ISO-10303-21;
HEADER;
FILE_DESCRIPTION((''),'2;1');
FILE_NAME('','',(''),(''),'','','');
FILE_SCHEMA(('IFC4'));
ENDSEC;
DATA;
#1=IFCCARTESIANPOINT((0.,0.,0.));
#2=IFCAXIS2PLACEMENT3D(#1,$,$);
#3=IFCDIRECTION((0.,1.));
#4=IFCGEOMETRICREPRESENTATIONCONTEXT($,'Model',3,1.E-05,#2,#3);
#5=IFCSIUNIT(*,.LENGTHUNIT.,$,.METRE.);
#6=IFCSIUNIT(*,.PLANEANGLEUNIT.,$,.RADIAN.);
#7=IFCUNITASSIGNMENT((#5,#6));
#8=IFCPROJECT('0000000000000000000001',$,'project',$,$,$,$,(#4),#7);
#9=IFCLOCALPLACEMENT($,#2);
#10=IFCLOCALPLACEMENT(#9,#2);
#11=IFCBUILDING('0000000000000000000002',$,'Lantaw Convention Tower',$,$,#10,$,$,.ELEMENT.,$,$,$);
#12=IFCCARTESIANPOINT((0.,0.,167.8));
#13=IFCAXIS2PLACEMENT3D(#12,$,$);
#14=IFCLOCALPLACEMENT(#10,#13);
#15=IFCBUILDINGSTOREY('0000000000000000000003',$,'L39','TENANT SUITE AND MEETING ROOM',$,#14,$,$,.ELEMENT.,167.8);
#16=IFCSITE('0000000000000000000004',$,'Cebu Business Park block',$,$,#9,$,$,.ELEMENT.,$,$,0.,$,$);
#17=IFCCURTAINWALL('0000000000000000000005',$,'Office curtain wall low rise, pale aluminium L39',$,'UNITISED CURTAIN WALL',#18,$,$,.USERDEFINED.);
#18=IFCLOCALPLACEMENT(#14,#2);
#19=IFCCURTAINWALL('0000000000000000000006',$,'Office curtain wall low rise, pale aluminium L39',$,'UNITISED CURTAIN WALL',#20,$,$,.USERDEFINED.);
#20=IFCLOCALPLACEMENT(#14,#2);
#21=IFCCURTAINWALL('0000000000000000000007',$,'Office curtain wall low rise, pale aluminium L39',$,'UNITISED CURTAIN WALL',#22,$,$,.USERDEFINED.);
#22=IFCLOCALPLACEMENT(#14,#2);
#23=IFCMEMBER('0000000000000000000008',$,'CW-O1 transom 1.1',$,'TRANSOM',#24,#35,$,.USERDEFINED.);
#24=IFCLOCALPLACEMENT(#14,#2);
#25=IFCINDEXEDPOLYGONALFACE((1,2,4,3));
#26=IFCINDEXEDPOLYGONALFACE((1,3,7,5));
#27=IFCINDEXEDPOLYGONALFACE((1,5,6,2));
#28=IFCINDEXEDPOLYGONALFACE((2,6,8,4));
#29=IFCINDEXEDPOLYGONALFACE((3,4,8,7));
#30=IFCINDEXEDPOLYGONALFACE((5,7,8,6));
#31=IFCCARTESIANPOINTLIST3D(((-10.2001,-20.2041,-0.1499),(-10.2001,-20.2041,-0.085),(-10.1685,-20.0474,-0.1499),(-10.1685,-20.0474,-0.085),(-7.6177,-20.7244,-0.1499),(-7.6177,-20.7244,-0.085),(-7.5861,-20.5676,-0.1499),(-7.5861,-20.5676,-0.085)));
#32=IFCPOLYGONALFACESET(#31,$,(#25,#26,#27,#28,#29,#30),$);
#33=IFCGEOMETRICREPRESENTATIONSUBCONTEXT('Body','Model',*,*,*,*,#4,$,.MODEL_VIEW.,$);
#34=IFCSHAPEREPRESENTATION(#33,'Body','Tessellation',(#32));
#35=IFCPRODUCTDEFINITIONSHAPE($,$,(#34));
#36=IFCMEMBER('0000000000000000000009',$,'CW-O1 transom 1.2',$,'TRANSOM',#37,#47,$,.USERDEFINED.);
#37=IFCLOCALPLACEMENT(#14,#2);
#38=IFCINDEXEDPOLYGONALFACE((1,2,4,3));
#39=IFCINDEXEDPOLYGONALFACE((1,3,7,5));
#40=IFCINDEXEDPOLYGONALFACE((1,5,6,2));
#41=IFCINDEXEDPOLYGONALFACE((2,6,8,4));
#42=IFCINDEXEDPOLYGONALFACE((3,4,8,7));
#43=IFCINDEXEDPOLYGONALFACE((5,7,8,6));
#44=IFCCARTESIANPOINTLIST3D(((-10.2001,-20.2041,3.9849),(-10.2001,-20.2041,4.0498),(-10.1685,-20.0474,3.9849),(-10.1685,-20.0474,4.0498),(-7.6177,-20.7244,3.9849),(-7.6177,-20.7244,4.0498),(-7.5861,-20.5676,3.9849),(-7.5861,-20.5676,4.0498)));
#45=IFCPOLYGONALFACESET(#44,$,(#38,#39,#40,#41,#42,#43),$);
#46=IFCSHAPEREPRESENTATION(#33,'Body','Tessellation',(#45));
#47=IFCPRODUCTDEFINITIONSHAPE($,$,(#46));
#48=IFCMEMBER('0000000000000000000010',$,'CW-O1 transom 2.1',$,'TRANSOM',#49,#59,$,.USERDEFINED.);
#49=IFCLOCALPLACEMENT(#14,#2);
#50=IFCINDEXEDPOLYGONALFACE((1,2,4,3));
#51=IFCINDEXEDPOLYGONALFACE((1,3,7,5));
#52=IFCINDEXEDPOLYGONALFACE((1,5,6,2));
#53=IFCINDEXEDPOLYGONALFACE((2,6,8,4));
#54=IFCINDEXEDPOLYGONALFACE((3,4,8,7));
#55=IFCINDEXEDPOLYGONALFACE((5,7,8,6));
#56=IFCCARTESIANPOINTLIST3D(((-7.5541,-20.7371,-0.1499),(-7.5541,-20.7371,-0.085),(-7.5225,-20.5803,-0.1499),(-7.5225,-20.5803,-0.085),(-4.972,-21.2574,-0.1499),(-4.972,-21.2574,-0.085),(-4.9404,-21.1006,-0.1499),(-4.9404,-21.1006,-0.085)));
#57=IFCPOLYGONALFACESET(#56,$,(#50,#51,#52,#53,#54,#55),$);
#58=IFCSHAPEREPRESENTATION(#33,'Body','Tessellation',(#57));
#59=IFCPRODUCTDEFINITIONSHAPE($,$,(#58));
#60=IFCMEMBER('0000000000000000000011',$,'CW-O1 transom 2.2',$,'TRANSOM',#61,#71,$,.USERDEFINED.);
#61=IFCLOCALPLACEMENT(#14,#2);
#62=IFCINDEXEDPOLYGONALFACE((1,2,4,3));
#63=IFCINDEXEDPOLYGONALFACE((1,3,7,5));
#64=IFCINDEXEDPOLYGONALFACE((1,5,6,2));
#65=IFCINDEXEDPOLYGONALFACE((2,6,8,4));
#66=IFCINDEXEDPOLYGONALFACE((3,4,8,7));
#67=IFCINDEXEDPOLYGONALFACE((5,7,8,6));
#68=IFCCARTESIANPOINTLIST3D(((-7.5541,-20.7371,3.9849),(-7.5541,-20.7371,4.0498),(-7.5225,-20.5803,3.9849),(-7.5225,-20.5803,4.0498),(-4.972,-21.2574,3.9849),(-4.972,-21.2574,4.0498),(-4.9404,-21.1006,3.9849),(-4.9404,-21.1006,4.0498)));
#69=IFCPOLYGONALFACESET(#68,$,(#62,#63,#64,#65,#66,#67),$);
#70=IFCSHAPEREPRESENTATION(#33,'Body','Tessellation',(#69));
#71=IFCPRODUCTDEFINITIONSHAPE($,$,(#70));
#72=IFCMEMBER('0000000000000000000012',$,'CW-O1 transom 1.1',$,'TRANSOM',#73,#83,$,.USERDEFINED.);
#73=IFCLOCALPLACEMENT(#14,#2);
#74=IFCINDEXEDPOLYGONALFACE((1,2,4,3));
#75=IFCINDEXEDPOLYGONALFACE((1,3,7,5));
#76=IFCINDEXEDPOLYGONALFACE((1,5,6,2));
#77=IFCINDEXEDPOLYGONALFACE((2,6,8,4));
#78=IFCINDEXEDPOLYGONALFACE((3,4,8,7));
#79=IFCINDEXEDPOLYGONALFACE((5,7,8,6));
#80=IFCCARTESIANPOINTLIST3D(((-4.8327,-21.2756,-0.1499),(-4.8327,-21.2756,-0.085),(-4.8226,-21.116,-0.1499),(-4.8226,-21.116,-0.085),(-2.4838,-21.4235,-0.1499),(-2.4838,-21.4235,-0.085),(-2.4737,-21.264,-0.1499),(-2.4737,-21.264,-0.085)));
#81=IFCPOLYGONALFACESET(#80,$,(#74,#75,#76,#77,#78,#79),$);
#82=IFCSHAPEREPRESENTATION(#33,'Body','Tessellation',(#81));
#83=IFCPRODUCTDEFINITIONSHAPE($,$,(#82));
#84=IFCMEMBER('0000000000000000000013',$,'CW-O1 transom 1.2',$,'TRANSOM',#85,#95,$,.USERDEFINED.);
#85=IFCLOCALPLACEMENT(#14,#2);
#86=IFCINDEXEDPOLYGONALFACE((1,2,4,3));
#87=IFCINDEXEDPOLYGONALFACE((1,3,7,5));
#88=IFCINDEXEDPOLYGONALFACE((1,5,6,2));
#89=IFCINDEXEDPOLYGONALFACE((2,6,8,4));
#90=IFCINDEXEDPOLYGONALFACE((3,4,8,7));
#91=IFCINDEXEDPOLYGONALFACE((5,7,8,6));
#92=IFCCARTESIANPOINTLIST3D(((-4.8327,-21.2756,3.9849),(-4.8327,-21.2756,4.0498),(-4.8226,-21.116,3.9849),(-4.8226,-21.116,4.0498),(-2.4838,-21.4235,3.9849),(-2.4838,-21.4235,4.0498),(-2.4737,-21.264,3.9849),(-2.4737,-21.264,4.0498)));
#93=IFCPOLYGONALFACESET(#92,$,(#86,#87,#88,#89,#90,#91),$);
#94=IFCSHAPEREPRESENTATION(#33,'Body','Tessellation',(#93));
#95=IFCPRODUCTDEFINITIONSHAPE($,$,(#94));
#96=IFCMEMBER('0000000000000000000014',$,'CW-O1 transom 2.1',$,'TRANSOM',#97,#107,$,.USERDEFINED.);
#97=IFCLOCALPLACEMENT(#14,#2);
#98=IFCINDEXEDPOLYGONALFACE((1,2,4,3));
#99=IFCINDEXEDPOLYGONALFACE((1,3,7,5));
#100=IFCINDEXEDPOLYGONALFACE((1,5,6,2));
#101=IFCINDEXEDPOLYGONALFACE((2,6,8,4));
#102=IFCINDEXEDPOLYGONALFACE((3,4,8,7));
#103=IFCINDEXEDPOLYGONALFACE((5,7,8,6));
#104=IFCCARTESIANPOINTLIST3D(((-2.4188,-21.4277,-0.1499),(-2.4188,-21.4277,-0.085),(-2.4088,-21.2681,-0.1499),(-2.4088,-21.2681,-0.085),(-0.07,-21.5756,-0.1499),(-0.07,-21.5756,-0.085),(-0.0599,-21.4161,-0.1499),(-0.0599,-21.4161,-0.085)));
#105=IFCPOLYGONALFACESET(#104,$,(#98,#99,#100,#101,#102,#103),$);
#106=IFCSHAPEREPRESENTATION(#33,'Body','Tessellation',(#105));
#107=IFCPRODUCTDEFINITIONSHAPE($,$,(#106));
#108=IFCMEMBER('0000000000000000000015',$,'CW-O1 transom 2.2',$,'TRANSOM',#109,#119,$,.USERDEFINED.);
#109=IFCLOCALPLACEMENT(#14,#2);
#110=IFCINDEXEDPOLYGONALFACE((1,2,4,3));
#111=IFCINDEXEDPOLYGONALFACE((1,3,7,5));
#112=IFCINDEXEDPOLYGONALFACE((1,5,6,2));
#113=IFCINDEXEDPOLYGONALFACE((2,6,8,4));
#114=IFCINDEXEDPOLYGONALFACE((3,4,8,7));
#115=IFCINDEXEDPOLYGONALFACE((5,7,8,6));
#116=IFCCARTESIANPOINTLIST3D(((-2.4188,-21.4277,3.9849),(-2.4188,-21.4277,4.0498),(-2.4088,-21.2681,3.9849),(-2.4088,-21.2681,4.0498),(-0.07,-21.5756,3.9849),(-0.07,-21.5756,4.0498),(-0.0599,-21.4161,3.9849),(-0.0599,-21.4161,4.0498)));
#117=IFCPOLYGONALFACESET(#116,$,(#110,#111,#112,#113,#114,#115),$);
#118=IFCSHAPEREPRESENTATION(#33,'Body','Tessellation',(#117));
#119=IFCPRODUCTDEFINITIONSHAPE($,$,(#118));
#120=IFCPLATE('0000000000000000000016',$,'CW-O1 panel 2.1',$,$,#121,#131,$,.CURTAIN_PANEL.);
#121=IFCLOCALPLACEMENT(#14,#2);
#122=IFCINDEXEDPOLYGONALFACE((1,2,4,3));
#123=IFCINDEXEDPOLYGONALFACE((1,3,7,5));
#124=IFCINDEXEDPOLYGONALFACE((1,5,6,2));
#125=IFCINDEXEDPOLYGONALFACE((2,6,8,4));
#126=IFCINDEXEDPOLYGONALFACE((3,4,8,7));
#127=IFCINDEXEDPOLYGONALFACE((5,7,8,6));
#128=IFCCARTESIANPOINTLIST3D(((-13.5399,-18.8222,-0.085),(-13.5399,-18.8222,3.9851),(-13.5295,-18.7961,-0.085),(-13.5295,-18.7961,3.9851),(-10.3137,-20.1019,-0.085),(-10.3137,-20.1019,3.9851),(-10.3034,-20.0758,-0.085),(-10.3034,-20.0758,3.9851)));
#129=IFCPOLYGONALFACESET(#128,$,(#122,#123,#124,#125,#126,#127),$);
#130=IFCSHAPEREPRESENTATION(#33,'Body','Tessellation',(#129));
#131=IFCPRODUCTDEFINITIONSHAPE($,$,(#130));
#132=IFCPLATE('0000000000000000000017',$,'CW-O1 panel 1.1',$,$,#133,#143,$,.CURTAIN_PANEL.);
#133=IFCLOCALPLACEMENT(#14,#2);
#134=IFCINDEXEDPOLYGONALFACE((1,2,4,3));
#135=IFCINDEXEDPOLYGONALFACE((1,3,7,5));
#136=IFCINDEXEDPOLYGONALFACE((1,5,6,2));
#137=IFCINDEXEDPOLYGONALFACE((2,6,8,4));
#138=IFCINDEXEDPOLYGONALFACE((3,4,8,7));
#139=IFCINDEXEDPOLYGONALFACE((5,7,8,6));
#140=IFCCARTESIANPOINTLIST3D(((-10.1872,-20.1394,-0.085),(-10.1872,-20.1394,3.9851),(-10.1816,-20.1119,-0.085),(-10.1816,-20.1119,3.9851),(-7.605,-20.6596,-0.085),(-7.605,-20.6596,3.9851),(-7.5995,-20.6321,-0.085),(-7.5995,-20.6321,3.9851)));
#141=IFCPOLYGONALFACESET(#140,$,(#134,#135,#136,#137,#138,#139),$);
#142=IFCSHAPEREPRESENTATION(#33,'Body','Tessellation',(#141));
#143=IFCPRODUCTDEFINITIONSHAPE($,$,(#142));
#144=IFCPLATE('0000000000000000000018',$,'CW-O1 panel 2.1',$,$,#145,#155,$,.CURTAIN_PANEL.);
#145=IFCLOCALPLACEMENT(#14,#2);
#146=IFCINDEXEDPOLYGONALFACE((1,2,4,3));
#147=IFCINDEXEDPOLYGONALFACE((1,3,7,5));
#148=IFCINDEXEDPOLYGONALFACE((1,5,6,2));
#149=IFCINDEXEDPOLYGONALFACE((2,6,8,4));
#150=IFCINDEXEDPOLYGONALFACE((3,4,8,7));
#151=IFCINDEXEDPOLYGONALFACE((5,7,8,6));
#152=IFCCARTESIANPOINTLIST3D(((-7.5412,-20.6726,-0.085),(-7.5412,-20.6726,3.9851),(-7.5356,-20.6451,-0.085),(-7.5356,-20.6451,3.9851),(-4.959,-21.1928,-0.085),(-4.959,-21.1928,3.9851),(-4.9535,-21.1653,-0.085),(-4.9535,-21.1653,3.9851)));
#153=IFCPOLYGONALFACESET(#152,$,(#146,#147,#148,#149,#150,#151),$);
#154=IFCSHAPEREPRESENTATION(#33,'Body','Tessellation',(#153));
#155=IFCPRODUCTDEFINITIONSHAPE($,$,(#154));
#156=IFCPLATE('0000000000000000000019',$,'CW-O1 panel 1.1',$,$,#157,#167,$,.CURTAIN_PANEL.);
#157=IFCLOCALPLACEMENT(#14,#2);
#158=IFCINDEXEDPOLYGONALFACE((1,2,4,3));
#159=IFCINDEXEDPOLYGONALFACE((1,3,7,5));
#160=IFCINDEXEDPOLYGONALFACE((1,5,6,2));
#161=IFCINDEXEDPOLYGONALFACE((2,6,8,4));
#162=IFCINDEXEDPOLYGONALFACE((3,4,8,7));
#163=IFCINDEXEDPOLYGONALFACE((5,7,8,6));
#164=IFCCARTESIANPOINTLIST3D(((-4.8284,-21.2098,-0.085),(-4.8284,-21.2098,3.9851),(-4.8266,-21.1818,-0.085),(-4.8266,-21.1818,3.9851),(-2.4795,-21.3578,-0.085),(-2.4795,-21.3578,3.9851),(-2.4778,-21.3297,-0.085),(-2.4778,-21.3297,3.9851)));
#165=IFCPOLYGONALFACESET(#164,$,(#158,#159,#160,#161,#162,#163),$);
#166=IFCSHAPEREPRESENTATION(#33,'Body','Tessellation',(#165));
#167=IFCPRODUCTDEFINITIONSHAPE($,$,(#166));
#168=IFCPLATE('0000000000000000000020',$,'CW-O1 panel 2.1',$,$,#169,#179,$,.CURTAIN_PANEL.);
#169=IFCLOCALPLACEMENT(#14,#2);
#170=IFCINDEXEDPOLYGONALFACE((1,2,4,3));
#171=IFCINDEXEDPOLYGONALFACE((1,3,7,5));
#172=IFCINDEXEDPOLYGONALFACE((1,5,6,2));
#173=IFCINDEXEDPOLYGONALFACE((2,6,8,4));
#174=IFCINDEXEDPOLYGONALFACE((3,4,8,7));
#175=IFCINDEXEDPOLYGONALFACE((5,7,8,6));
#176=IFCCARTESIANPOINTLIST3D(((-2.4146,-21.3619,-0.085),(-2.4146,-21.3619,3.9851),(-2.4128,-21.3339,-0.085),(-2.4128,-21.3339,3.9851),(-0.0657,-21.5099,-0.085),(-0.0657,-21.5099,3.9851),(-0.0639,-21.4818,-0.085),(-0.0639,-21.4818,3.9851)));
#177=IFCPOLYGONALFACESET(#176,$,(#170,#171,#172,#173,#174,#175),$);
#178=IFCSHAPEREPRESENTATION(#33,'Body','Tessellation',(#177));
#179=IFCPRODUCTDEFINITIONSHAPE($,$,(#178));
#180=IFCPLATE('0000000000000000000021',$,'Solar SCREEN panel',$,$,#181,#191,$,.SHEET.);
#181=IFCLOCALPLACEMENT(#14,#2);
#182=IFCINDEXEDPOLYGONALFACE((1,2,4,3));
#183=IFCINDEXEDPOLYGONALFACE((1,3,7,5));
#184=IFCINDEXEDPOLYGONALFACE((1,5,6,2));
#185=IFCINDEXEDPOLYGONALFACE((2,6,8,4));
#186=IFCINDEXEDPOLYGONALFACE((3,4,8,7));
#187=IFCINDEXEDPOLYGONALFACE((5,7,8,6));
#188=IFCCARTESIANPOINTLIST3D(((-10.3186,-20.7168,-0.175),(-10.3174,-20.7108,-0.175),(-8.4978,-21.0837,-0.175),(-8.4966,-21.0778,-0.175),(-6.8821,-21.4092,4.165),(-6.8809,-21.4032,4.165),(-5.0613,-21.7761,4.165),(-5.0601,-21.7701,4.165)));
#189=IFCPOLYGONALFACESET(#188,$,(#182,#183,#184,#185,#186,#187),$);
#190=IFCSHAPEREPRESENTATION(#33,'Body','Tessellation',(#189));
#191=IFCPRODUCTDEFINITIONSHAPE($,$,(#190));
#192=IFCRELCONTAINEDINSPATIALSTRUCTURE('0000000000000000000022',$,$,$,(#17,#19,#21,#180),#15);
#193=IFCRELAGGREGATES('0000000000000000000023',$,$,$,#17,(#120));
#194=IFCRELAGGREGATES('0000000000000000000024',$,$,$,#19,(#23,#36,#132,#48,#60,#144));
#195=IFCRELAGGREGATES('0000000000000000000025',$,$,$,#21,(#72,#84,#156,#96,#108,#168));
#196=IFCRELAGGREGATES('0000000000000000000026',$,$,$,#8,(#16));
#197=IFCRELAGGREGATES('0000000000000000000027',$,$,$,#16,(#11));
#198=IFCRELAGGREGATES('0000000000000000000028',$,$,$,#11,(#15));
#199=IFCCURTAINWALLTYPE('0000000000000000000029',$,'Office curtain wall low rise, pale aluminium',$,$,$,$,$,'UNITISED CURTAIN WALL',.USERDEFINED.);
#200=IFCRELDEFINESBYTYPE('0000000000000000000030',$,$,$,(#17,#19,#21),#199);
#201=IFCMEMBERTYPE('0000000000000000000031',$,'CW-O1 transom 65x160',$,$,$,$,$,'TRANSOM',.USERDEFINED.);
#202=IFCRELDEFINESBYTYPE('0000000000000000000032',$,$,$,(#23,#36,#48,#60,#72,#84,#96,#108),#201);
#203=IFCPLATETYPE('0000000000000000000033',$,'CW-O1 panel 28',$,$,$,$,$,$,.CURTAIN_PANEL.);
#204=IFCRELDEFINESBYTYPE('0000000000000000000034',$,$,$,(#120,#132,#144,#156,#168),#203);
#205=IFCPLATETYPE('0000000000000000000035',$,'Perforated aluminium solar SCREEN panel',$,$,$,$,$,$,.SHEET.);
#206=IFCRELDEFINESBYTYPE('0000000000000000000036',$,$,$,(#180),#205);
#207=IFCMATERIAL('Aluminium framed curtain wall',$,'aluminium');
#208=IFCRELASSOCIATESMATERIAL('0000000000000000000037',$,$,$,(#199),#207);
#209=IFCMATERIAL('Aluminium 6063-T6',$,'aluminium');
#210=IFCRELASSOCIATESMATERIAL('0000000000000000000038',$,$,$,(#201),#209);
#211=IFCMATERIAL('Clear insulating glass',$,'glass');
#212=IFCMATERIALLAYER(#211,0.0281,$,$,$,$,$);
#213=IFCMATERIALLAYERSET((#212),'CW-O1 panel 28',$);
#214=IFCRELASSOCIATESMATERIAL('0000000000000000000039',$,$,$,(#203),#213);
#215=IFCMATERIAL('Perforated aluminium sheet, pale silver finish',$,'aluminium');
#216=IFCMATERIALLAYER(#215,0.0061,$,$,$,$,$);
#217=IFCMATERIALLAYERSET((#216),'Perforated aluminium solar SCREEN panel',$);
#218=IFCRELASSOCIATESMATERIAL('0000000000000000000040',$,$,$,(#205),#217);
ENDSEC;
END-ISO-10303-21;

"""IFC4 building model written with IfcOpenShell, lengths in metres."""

from ifc_helpers import new_model, si_unit, direction, frame, origin, origin_2d, place, context, subcontext, project, spatial, polyline, rectangle, outline, extrude, material, layer, layer_set, material_profile, profile_set, type_object, element, aggregate, save


model = new_model("IFC4")

# Units and contexts
model_context = context("Model", 3, precision=1e-05, world=origin(), true_north=direction((0.0, 1.0)))
body_context = subcontext(model_context, "Body", "Model", "MODEL_VIEW")
ifc_project = project(units=[si_unit("LENGTHUNIT", "METRE"), si_unit("PLANEANGLEUNIT", "RADIAN")], contexts=[model_context])

# Site, building, storey
site_placement = place(None, origin())
site = spatial("IfcSite", under=ifc_project, at=site_placement, Name="Cebu Business Park block", CompositionType="ELEMENT", RefElevation=0.0)
building_placement = place(site_placement, origin())
building = spatial("IfcBuilding", under=site, at=building_placement, Name="Lantaw Convention Tower", CompositionType="ELEMENT")
storey_placement = place(building_placement, frame((0.0, 0.0, 167.8)))
storey = spatial("IfcBuildingStorey", under=building, at=storey_placement, Name="L39", Description="TENANT SUITE AND MEETING ROOM", CompositionType="ELEMENT", Elevation=167.8)

# Curtain wall
ifc_material_1 = material(Name="Aluminium framed curtain wall", Category="aluminium")
curtain_wall_type = type_object("IfcCurtainWallType", Name="Office curtain wall low rise, pale aluminium", ElementType="UNITISED CURTAIN WALL", PredefinedType="USERDEFINED", material=ifc_material_1)
curtain_wall_1_placement = place(storey_placement, origin())
curtain_wall_1 = element("IfcCurtainWall", 1, at=curtain_wall_1_placement, inside=storey, type_object=curtain_wall_type, Name="Office curtain wall low rise, pale aluminium L39", ObjectType="UNITISED CURTAIN WALL", PredefinedType="USERDEFINED")
ifc_material_2 = material(Name="Aluminium 6063-T6", Category="aluminium")

# Curtain walls
curtain_wall_2_placement = place(storey_placement, origin())
curtain_wall_2 = element("IfcCurtainWall", 2, at=curtain_wall_2_placement, inside=storey, type_object=curtain_wall_type, Name="Office curtain wall low rise, pale aluminium L39", ObjectType="UNITISED CURTAIN WALL", PredefinedType="USERDEFINED")
curtain_wall_3_placement = place(storey_placement, origin())
curtain_wall_3 = element("IfcCurtainWall", 3, at=curtain_wall_3_placement, inside=storey, type_object=curtain_wall_type, Name="Office curtain wall low rise, pale aluminium L39", ObjectType="UNITISED CURTAIN WALL", PredefinedType="USERDEFINED")

# Members
ifc_material_profile_1 = material_profile(ifc_material_2, rectangle(XDim=0.1599, YDim=0.0649, at=origin_2d()), Name="CW-O1 transom 65x160")
ifc_profile_set_1 = profile_set([ifc_material_profile_1], Name="Aluminium 6063-T6")
member_type_1 = type_object("IfcMemberType", Name="CW-O1 transom 65x160", ElementType="TRANSOM", PredefinedType="USERDEFINED", material=ifc_profile_set_1)
member_1_placement = place(storey_placement, frame((-10.1843, -20.1257, -0.1174), z_axis=(0.980302, -0.197506, 0.0), x_axis=(0.197506, 0.980302, 0.0)))
member_1 = element("IfcMember", 4, at=member_1_placement, type_object=member_type_1, Name="CW-O1 transom 1.1", ObjectType="TRANSOM", PredefinedType="USERDEFINED", context=body_context, shape_type="SweptSolid", body=[
    extrude(rectangle(XDim=0.1599, YDim=0.0649, at=origin_2d()), origin(), (0.0, 0.0, 1.0), 2.6343),
])
member_2_placement = place(storey_placement, frame((-10.1843, -20.1257, 4.0173), z_axis=(0.980302, -0.197506, 0.0), x_axis=(0.197506, 0.980302, 0.0)))
member_2 = element("IfcMember", 5, at=member_2_placement, type_object=member_type_1, Name="CW-O1 transom 1.2", ObjectType="TRANSOM", PredefinedType="USERDEFINED", context=body_context, shape_type="SweptSolid", body=[
    extrude(rectangle(XDim=0.1599, YDim=0.0649, at=origin_2d()), origin(), (0.0, 0.0, 1.0), 2.6343),
])
member_3_placement = place(storey_placement, frame((-7.5383, -20.6587, -0.1174), z_axis=(0.980298, -0.197524, 0.0), x_axis=(0.197524, 0.980298, 0.0)))
member_3 = element("IfcMember", 6, at=member_3_placement, type_object=member_type_1, Name="CW-O1 transom 2.1", ObjectType="TRANSOM", PredefinedType="USERDEFINED", context=body_context, shape_type="SweptSolid", body=[
    extrude(rectangle(XDim=0.1599, YDim=0.0649, at=origin_2d()), origin(), (0.0, 0.0, 1.0), 2.634),
])
member_4_placement = place(storey_placement, frame((-7.5383, -20.6587, 4.0173), z_axis=(0.980298, -0.197524, 0.0), x_axis=(0.197524, 0.980298, 0.0)))
member_4 = element("IfcMember", 7, at=member_4_placement, type_object=member_type_1, Name="CW-O1 transom 2.2", ObjectType="TRANSOM", PredefinedType="USERDEFINED", context=body_context, shape_type="SweptSolid", body=[
    extrude(rectangle(XDim=0.1599, YDim=0.0649, at=origin_2d()), origin(), (0.0, 0.0, 1.0), 2.634),
])
member_5_placement = place(storey_placement, frame((-4.8276, -21.1958, -0.1174), z_axis=(0.998022, -0.062863, 0.0), x_axis=(0.062863, 0.998022, 0.0)))
member_5 = element("IfcMember", 8, at=member_5_placement, type_object=member_type_1, Name="CW-O1 transom 1.1", ObjectType="TRANSOM", PredefinedType="USERDEFINED", context=body_context, shape_type="SweptSolid", body=[
    extrude(rectangle(XDim=0.1599, YDim=0.0649, at=origin_2d()), origin(), (0.0, 0.0, 1.0), 2.3535),
])
member_6_placement = place(storey_placement, frame((-4.8276, -21.1958, 4.0173), z_axis=(0.998022, -0.062863, 0.0), x_axis=(0.062863, 0.998022, 0.0)))
member_6 = element("IfcMember", 9, at=member_6_placement, type_object=member_type_1, Name="CW-O1 transom 1.2", ObjectType="TRANSOM", PredefinedType="USERDEFINED", context=body_context, shape_type="SweptSolid", body=[
    extrude(rectangle(XDim=0.1599, YDim=0.0649, at=origin_2d()), origin(), (0.0, 0.0, 1.0), 2.3535),
])
member_7_placement = place(storey_placement, frame((-2.4138, -21.3479, -0.1174), z_axis=(0.998022, -0.062863, 0.0), x_axis=(0.062863, 0.998022, 0.0)))
member_7 = element("IfcMember", 10, at=member_7_placement, type_object=member_type_1, Name="CW-O1 transom 2.1", ObjectType="TRANSOM", PredefinedType="USERDEFINED", context=body_context, shape_type="SweptSolid", body=[
    extrude(rectangle(XDim=0.1599, YDim=0.0649, at=origin_2d()), origin(), (0.0, 0.0, 1.0), 2.3535),
])
member_8_placement = place(storey_placement, frame((-2.4138, -21.3479, 4.0173), z_axis=(0.998022, -0.062863, 0.0), x_axis=(0.062863, 0.998022, 0.0)))
member_8 = element("IfcMember", 11, at=member_8_placement, type_object=member_type_1, Name="CW-O1 transom 2.2", ObjectType="TRANSOM", PredefinedType="USERDEFINED", context=body_context, shape_type="SweptSolid", body=[
    extrude(rectangle(XDim=0.1599, YDim=0.0649, at=origin_2d()), origin(), (0.0, 0.0, 1.0), 2.3535),
])

# Plates
ifc_material_3 = material(Name="Clear insulating glass", Category="glass")
ifc_layer_1 = layer(ifc_material_3, 0.0281)
ifc_layer_set_1 = layer_set([ifc_layer_1], Name="CW-O1 panel 28")
plate_type_1 = type_object("IfcPlateType", Name="CW-O1 panel 28", PredefinedType="CURTAIN_PANEL", material=ifc_layer_set_1)
plate_1_placement = place(storey_placement, frame((-11.9216, -19.449, -0.085), z_axis=(0.0, 0.0, 1.0), x_axis=(0.929548, -0.368702, 0.0)))
plate_1 = element("IfcPlate", 12, at=plate_1_placement, type_object=plate_type_1, Name="CW-O1 panel 2.1", PredefinedType="CURTAIN_PANEL", context=body_context, shape_type="SweptSolid", body=[
    extrude(rectangle(XDim=3.4707, YDim=0.0281, at=origin_2d()), origin(), (0.0, 0.0, 1.0), 4.0701),
])
aggregate(curtain_wall_1, [plate_1])
plate_2_placement = place(storey_placement, frame((-8.8933, -20.3857, -0.085), z_axis=(0.0, 0.0, 1.0), x_axis=(0.980302, -0.197507, 0.0)))
plate_2 = element("IfcPlate", 13, at=plate_2_placement, type_object=plate_type_1, Name="CW-O1 panel 1.1", PredefinedType="CURTAIN_PANEL", context=body_context, shape_type="SweptSolid", body=[
    extrude(rectangle(XDim=2.634, YDim=0.0281, at=origin_2d()), origin(), (0.0, 0.0, 1.0), 4.0701),
])
plate_3_placement = place(storey_placement, frame((-6.2473, -20.9189, -0.085), z_axis=(0.0, 0.0, 1.0), x_axis=(0.980302, -0.197507, 0.0)))
plate_3 = element("IfcPlate", 14, at=plate_3_placement, type_object=plate_type_1, Name="CW-O1 panel 2.1", PredefinedType="CURTAIN_PANEL", context=body_context, shape_type="SweptSolid", body=[
    extrude(rectangle(XDim=2.634, YDim=0.0281, at=origin_2d()), origin(), (0.0, 0.0, 1.0), 4.0701),
])
aggregate(curtain_wall_2, [member_1, member_2, plate_2, member_3, member_4, plate_3])
plate_4_placement = place(storey_placement, frame((-3.6531, -21.2698, -0.085), z_axis=(0.0, 0.0, 1.0), x_axis=(0.998022, -0.062865, 0.0)))
plate_4 = element("IfcPlate", 15, at=plate_4_placement, type_object=plate_type_1, Name="CW-O1 panel 1.1", PredefinedType="CURTAIN_PANEL", context=body_context, shape_type="SweptSolid", body=[
    extrude(rectangle(XDim=2.3535, YDim=0.0281, at=origin_2d()), origin(), (0.0, 0.0, 1.0), 4.0701),
])
plate_5_placement = place(storey_placement, frame((-1.2393, -21.4219, -0.085), z_axis=(0.0, 0.0, 1.0), x_axis=(0.998022, -0.062865, 0.0)))
plate_5 = element("IfcPlate", 16, at=plate_5_placement, type_object=plate_type_1, Name="CW-O1 panel 2.1", PredefinedType="CURTAIN_PANEL", context=body_context, shape_type="SweptSolid", body=[
    extrude(rectangle(XDim=2.3535, YDim=0.0281, at=origin_2d()), origin(), (0.0, 0.0, 1.0), 4.0701),
])
aggregate(curtain_wall_3, [member_5, member_6, plate_4, member_7, member_8, plate_5])

# Plate
ifc_material_4 = material(Name="Perforated aluminium sheet, pale silver finish", Category="aluminium")
ifc_layer_2 = layer(ifc_material_4, 0.0061)
ifc_layer_set_2 = layer_set([ifc_layer_2], Name="Perforated aluminium solar SCREEN panel")
plate_type_2 = type_object("IfcPlateType", Name="Perforated aluminium solar SCREEN panel", PredefinedType="SHEET", material=ifc_layer_set_2)
plate_6_placement = place(storey_placement, frame((-10.3186, -20.7168, -0.175), z_axis=(-0.197557, -0.980291, 0.000039), x_axis=(0.980291, -0.197557, 0.0)))
element("IfcPlate", 17, at=plate_6_placement, inside=storey, type_object=plate_type_2, Name="Solar SCREEN panel", PredefinedType="SHEET", context=body_context, shape_type="SweptSolid", body=[
    extrude(outline(polyline([(0.0, 0.0), (1.8574, 0.0), (5.363, 4.3401), (3.5056, 4.3401), (0.0, 0.0)])), origin(), (0.0, 0.0, -1.0), 0.0061),
])

save(model, "model.ifc")
